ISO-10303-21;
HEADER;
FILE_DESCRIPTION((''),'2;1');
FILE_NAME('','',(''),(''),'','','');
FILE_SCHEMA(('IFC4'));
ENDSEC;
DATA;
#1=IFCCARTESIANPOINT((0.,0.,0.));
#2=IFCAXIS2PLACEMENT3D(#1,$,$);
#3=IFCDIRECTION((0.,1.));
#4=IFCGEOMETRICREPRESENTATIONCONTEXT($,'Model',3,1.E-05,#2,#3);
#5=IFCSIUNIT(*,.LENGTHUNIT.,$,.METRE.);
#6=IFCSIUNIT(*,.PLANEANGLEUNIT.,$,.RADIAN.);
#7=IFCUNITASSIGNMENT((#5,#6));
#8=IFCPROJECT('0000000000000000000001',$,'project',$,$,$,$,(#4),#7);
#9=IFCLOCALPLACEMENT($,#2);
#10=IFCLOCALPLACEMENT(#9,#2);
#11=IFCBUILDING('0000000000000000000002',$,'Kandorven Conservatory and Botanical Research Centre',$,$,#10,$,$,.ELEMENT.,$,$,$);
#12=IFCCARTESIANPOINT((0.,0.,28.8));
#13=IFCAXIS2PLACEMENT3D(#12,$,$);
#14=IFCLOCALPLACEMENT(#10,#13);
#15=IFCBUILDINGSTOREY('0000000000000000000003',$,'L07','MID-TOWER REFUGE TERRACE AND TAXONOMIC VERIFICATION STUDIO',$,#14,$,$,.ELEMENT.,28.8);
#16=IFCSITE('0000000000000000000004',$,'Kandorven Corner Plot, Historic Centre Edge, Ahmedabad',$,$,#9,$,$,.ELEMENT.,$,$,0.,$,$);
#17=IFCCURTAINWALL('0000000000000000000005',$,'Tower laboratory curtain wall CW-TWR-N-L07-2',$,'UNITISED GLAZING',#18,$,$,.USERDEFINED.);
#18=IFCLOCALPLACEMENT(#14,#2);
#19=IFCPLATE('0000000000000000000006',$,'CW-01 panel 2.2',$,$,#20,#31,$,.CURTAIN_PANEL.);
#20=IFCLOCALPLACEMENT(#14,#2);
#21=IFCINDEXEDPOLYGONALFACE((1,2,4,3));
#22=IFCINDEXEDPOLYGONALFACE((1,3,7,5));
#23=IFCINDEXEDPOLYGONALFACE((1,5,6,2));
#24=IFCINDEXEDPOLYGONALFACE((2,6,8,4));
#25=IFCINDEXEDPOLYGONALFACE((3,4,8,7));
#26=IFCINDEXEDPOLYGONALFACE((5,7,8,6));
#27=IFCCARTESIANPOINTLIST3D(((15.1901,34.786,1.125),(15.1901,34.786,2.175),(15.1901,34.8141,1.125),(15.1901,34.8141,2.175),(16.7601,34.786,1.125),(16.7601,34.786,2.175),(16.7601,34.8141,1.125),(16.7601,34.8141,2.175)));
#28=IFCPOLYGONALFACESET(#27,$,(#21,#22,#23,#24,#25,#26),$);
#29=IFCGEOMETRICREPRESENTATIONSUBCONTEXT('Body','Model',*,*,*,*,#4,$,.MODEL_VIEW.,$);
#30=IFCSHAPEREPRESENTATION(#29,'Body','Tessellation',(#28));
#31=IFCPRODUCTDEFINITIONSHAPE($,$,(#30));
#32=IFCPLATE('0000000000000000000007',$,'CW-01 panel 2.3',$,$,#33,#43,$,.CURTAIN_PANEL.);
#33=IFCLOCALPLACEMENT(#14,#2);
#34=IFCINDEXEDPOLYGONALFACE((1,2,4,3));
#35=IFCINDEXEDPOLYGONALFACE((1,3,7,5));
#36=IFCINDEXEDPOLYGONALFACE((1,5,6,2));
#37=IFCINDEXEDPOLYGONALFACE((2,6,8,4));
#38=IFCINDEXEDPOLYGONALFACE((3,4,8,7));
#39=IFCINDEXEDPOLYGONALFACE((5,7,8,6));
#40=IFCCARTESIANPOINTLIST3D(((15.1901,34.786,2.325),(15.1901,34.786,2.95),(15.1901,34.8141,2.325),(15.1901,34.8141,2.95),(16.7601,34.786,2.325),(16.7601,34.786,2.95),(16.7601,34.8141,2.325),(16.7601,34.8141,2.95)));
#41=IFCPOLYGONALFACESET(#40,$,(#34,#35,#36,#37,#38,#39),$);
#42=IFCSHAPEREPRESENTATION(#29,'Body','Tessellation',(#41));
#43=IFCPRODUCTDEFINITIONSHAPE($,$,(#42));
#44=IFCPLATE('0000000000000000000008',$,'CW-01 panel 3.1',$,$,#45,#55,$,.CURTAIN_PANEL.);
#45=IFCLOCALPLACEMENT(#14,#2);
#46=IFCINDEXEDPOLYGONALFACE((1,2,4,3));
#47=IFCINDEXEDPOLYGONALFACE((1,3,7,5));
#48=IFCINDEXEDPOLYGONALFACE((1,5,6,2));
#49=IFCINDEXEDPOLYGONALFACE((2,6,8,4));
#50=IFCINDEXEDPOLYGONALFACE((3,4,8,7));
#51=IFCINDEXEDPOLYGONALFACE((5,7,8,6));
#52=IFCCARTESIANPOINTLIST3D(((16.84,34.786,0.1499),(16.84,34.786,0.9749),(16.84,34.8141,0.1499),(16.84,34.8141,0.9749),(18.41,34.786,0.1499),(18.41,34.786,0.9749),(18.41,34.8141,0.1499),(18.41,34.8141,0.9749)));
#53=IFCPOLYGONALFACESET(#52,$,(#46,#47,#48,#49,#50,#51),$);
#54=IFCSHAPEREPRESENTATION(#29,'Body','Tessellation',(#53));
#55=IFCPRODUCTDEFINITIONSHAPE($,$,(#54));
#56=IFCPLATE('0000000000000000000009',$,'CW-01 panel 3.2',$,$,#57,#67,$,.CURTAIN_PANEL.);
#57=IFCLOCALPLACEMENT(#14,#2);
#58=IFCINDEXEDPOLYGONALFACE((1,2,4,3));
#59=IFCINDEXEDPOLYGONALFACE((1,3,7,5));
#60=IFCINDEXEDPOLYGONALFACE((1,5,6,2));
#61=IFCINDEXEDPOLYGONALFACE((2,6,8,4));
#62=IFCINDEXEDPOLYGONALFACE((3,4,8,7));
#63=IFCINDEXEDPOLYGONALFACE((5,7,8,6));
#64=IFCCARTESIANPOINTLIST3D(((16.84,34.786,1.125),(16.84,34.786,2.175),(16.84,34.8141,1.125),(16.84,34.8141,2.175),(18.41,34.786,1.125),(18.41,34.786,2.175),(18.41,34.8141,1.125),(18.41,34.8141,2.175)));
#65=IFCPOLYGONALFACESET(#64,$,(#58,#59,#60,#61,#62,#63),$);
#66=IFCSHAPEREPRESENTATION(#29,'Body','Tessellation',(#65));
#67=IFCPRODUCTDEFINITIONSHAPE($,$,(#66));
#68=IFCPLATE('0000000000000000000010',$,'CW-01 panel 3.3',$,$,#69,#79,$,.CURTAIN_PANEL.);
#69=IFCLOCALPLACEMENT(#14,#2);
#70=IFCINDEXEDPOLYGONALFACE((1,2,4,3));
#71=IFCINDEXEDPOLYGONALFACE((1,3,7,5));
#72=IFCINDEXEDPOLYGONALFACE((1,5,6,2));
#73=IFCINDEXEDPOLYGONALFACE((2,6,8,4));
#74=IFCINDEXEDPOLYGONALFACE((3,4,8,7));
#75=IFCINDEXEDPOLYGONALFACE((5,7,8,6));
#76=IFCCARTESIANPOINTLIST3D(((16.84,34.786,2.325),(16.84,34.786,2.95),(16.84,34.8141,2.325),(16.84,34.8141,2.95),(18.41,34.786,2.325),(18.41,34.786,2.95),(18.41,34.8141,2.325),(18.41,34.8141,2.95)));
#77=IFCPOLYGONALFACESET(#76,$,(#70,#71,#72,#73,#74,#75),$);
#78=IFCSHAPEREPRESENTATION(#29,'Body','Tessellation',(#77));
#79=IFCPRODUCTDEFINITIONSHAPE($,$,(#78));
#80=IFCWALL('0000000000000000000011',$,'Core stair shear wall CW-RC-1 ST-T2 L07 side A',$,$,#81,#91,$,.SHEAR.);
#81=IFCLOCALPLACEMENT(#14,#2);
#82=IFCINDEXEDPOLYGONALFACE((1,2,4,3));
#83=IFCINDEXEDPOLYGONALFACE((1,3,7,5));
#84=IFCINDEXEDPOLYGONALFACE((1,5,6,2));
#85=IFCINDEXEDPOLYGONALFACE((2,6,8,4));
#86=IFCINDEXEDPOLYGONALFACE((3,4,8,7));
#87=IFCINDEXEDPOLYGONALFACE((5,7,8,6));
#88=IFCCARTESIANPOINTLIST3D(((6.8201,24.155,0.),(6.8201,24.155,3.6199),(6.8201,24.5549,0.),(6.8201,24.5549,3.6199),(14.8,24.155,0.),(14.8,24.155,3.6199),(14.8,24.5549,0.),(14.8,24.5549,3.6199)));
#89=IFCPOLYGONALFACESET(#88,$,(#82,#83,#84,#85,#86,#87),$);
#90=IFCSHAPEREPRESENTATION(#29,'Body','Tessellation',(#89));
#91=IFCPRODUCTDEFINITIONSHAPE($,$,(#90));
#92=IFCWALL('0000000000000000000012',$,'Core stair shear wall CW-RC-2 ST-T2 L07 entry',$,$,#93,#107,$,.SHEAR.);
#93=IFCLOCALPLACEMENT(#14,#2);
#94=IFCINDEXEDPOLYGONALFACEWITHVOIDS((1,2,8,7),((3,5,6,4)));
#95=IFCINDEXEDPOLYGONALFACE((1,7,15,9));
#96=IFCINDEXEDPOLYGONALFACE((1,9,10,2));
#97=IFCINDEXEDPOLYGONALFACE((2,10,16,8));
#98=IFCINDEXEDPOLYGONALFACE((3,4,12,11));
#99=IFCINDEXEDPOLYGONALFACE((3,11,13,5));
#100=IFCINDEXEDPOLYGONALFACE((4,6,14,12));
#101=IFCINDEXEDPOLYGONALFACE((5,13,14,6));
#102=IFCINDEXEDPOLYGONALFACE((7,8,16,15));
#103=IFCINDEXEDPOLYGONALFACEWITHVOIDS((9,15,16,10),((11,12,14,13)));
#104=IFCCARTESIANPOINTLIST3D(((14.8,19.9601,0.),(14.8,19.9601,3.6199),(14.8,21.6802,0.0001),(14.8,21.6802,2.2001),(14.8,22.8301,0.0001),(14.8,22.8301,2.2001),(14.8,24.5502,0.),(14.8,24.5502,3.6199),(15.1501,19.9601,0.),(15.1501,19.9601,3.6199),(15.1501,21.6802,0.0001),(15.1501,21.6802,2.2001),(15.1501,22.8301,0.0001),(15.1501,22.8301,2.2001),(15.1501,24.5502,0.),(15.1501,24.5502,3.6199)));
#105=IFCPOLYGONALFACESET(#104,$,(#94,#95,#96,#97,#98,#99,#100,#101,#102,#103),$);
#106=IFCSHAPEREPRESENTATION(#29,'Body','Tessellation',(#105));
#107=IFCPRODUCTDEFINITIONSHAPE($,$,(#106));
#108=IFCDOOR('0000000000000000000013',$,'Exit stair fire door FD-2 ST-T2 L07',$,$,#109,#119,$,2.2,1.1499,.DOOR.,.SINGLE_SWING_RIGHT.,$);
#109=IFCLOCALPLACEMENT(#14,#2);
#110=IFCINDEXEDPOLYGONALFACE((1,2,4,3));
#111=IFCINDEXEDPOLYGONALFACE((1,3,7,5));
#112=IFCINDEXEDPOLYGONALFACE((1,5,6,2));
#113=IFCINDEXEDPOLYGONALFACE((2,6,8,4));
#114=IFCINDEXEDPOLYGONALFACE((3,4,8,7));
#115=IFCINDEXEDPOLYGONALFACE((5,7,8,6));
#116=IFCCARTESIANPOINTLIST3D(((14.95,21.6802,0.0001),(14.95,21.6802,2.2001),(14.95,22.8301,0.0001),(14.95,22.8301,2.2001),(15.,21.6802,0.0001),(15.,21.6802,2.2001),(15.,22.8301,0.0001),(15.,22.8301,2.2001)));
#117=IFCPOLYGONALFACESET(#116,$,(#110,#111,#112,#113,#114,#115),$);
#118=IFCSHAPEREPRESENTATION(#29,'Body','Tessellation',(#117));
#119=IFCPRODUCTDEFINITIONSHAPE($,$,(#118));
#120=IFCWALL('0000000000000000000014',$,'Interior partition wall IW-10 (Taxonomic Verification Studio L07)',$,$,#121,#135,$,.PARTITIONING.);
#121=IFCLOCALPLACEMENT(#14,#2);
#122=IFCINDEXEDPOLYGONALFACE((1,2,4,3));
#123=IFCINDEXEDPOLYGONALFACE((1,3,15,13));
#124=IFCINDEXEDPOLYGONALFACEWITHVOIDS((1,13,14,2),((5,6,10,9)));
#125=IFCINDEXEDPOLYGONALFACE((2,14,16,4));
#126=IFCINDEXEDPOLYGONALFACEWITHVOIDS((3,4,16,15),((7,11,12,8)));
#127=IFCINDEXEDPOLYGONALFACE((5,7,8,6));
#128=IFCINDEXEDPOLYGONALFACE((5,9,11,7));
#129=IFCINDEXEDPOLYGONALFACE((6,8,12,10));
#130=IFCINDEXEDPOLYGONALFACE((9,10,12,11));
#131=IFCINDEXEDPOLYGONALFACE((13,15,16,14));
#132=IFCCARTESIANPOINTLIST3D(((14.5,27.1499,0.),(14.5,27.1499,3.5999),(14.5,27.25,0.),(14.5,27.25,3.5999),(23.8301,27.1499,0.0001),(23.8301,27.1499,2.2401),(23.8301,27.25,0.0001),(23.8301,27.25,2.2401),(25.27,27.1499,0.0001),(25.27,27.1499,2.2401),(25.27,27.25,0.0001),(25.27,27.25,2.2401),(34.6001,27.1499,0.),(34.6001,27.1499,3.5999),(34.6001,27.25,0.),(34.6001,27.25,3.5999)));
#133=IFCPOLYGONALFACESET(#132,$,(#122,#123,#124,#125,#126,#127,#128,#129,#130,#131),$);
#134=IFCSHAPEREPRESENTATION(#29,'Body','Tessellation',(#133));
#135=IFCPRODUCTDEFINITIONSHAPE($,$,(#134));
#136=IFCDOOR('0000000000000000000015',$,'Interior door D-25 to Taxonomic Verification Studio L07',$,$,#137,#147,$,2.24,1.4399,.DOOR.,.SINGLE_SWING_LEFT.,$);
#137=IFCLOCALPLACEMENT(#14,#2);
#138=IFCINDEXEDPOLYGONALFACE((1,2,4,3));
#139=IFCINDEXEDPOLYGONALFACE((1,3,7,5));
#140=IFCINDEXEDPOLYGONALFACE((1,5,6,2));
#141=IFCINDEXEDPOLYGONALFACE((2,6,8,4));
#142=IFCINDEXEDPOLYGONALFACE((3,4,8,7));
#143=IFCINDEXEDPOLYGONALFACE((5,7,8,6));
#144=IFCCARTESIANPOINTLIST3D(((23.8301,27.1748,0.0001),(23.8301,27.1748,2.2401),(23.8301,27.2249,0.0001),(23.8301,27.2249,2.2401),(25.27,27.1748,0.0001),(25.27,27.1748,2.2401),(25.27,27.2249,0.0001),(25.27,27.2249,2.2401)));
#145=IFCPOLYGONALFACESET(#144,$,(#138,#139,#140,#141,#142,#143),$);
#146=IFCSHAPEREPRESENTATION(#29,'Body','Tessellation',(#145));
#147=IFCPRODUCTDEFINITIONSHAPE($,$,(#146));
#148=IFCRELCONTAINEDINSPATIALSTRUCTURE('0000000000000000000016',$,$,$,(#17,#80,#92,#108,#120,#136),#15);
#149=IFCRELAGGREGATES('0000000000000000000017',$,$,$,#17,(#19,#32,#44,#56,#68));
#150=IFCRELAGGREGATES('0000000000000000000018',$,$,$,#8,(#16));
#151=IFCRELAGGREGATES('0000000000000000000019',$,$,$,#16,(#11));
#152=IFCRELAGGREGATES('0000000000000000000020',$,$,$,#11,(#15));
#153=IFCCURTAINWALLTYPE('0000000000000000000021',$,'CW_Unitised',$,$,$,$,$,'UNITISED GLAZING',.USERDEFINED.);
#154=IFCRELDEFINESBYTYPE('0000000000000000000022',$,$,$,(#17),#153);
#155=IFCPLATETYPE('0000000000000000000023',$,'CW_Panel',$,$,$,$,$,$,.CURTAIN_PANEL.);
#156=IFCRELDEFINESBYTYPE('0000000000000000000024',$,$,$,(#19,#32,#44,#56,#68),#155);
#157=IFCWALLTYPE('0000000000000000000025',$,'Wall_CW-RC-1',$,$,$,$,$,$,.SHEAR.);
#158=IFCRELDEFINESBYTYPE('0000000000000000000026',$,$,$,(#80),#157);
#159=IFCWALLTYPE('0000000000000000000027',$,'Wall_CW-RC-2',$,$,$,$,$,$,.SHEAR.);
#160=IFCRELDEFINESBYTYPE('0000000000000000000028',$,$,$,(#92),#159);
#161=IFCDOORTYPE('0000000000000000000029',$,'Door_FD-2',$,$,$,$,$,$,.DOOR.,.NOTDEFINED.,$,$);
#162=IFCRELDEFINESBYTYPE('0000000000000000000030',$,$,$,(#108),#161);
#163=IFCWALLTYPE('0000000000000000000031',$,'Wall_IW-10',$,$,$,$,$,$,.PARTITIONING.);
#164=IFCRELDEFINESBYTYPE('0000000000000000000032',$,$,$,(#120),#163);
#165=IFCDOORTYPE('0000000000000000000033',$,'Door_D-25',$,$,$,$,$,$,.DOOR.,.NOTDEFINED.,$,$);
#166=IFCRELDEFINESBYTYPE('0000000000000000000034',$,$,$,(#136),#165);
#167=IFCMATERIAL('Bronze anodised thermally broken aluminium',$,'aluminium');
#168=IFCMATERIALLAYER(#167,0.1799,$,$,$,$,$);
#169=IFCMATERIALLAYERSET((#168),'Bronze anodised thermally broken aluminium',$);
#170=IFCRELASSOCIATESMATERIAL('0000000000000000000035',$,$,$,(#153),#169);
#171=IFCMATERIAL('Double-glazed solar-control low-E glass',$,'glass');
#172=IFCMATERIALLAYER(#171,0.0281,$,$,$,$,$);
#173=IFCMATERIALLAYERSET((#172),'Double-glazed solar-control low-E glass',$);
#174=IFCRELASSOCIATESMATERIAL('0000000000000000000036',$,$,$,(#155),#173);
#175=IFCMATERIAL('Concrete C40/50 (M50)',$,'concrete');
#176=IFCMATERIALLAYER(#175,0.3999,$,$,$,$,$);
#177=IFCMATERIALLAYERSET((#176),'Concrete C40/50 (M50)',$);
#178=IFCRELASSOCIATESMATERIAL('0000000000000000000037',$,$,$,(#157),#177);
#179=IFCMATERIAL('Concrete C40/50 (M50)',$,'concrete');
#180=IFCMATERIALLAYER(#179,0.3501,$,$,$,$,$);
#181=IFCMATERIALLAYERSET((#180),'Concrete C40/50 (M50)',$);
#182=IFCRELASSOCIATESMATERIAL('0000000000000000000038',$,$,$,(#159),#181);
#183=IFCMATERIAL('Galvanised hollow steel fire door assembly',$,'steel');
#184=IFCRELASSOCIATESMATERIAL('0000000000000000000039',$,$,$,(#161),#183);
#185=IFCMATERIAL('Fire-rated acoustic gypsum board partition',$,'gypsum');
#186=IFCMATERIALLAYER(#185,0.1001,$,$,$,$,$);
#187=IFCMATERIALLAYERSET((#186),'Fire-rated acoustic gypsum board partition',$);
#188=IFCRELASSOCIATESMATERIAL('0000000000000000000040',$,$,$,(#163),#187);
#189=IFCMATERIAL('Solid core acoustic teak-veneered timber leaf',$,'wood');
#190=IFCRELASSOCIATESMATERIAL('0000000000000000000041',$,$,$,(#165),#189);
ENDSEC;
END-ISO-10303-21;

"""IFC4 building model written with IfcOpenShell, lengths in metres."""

from ifc_helpers import new_model, si_unit, direction, frame, frame_2d, origin, origin_2d, place, context, subcontext, project, spatial, rectangle, extrude, material, layer, layer_set, type_object, element, fill, aggregate, save


model = new_model("IFC4")

# Units and contexts
model_context = context("Model", 3, precision=1e-05, world=origin(), true_north=direction((0.0, 1.0)))
body_context = subcontext(model_context, "Body", "Model", "MODEL_VIEW")
ifc_project = project(units=[si_unit("LENGTHUNIT", "METRE"), si_unit("PLANEANGLEUNIT", "RADIAN")], contexts=[model_context])

# Site, building, storey
site_placement = place(None, origin())
site = spatial("IfcSite", under=ifc_project, at=site_placement, Name="Kandorven Corner Plot, Historic Centre Edge, Ahmedabad", CompositionType="ELEMENT", RefElevation=0.0)
building_placement = place(site_placement, origin())
building = spatial("IfcBuilding", under=site, at=building_placement, Name="Kandorven Conservatory and Botanical Research Centre", CompositionType="ELEMENT")
storey_placement = place(building_placement, frame((0.0, 0.0, 28.8)))
storey = spatial("IfcBuildingStorey", under=building, at=storey_placement, Name="L07", Description="MID-TOWER REFUGE TERRACE AND TAXONOMIC VERIFICATION STUDIO", CompositionType="ELEMENT", Elevation=28.8)

# Curtain wall, plates
ifc_material_1 = material(Name="Bronze anodised thermally broken aluminium", Category="aluminium")
ifc_layer_1 = layer(ifc_material_1, 0.1799)
ifc_layer_set_1 = layer_set([ifc_layer_1], Name="Bronze anodised thermally broken aluminium")
curtain_wall_type = type_object("IfcCurtainWallType", Name="CW_Unitised", ElementType="UNITISED GLAZING", PredefinedType="USERDEFINED", material=ifc_layer_set_1)
curtain_wall_placement = place(storey_placement, origin())
curtain_wall = element("IfcCurtainWall", 1, at=curtain_wall_placement, inside=storey, type_object=curtain_wall_type, Name="Tower laboratory curtain wall CW-TWR-N-L07-2", ObjectType="UNITISED GLAZING", PredefinedType="USERDEFINED")
ifc_material_2 = material(Name="Double-glazed solar-control low-E glass", Category="glass")
ifc_layer_2 = layer(ifc_material_2, 0.0281)
ifc_layer_set_2 = layer_set([ifc_layer_2], Name="Double-glazed solar-control low-E glass")
plate_type = type_object("IfcPlateType", Name="CW_Panel", PredefinedType="CURTAIN_PANEL", material=ifc_layer_set_2)
plate_1_placement = place(storey_placement, frame((15.9751, 34.8, 1.125), z_axis=(0.0, 0.0, 1.0), x_axis=(1.0, 0.0, 0.0)))
plate_1 = element("IfcPlate", 2, at=plate_1_placement, type_object=plate_type, Name="CW-01 panel 2.2", PredefinedType="CURTAIN_PANEL", context=body_context, shape_type="SweptSolid", body=[
    extrude(rectangle(XDim=1.5701, YDim=0.0281, at=origin_2d()), origin(), (0.0, 0.0, 1.0), 1.05),
])
plate_2_placement = place(storey_placement, frame((15.9751, 34.8, 2.325), z_axis=(0.0, 0.0, 1.0), x_axis=(1.0, 0.0, 0.0)))
plate_2 = element("IfcPlate", 3, at=plate_2_placement, type_object=plate_type, Name="CW-01 panel 2.3", PredefinedType="CURTAIN_PANEL", context=body_context, shape_type="SweptSolid", body=[
    extrude(rectangle(XDim=1.5701, YDim=0.0281, at=origin_2d()), origin(), (0.0, 0.0, 1.0), 0.625),
])
plate_3_placement = place(storey_placement, frame((17.625, 34.8, 0.1499), z_axis=(0.0, 0.0, 1.0), x_axis=(1.0, 0.0, 0.0)))
plate_3 = element("IfcPlate", 4, at=plate_3_placement, type_object=plate_type, Name="CW-01 panel 3.1", PredefinedType="CURTAIN_PANEL", context=body_context, shape_type="SweptSolid", body=[
    extrude(rectangle(XDim=1.5701, YDim=0.0281, at=origin_2d()), origin(), (0.0, 0.0, 1.0), 0.825),
])
plate_4_placement = place(storey_placement, frame((17.625, 34.8, 1.125), z_axis=(0.0, 0.0, 1.0), x_axis=(1.0, 0.0, 0.0)))
plate_4 = element("IfcPlate", 5, at=plate_4_placement, type_object=plate_type, Name="CW-01 panel 3.2", PredefinedType="CURTAIN_PANEL", context=body_context, shape_type="SweptSolid", body=[
    extrude(rectangle(XDim=1.5701, YDim=0.0281, at=origin_2d()), origin(), (0.0, 0.0, 1.0), 1.05),
])
plate_5_placement = place(storey_placement, frame((17.625, 34.8, 2.325), z_axis=(0.0, 0.0, 1.0), x_axis=(1.0, 0.0, 0.0)))
plate_5 = element("IfcPlate", 6, at=plate_5_placement, type_object=plate_type, Name="CW-01 panel 3.3", PredefinedType="CURTAIN_PANEL", context=body_context, shape_type="SweptSolid", body=[
    extrude(rectangle(XDim=1.5701, YDim=0.0281, at=origin_2d()), origin(), (0.0, 0.0, 1.0), 0.625),
])
aggregate(curtain_wall, [plate_1, plate_2, plate_3, plate_4, plate_5])

# Wall
ifc_material_3 = material(Name="Concrete C40/50 (M50)", Category="concrete")
ifc_layer_3 = layer(ifc_material_3, 0.3999)
ifc_layer_set_3 = layer_set([ifc_layer_3], Name="Concrete C40/50 (M50)")
wall_type_1 = type_object("IfcWallType", Name="Wall_CW-RC-1", PredefinedType="SHEAR", material=ifc_layer_set_3)
wall_1_placement = place(storey_placement, frame((14.8, 24.355, 0.0), z_axis=(0.0, 0.0, 1.0), x_axis=(-1.0, 0.0, 0.0)))
element("IfcWall", 7, at=wall_1_placement, inside=storey, type_object=wall_type_1, Name="Core stair shear wall CW-RC-1 ST-T2 L07 side A", PredefinedType="SHEAR", context=body_context, shape_type="SweptSolid", body=[
    extrude(rectangle(XDim=7.98, YDim=0.3999, at=frame_2d((3.99, 0.0))), origin(), (0.0, 0.0, 1.0), 3.6199),
])

# Walls, openings, doors
ifc_material_4 = material(Name="Concrete C40/50 (M50)", Category="concrete")
ifc_layer_4 = layer(ifc_material_4, 0.3501)
ifc_layer_set_4 = layer_set([ifc_layer_4], Name="Concrete C40/50 (M50)")
wall_type_2 = type_object("IfcWallType", Name="Wall_CW-RC-2", PredefinedType="SHEAR", material=ifc_layer_set_4)
wall_2_placement = place(storey_placement, frame((14.9751, 24.55, 0.0), z_axis=(0.0, 0.0, 1.0), x_axis=(0.0, -1.0, 0.0)))
wall_2 = element("IfcWall", 8, at=wall_2_placement, inside=storey, type_object=wall_type_2, Name="Core stair shear wall CW-RC-2 ST-T2 L07 entry", PredefinedType="SHEAR", context=body_context, shape_type="SweptSolid", body=[
    extrude(rectangle(XDim=4.5901, YDim=0.3501, at=frame_2d((2.2949, 0.0))), origin(), (0.0, 0.0, 1.0), 3.6199),
])
opening_1_placement = place(wall_2_placement, frame((1.72, 0.0, 0.0)))
opening_1 = element("IfcOpeningElement", 9, at=opening_1_placement, cuts=wall_2, PredefinedType="OPENING", context=body_context, shape_type="SweptSolid", body=[
    extrude(rectangle(XDim=1.1499, YDim=2.2, at=frame_2d((0.575, 1.1001))), frame((0.0, 0.1851, 0.0), z_axis=(0.0, -1.0, 0.0), x_axis=(1.0, 0.0, 0.0)), (0.0, 0.0, 1.0), 0.3701),
])
ifc_material_5 = material(Name="Galvanised hollow steel fire door assembly", Category="steel")
door_type_1 = type_object("IfcDoorType", Name="Door_FD-2", OperationType="NOTDEFINED", PredefinedType="DOOR", material=ifc_material_5)
door_1_placement = place(opening_1_placement, origin())
door_1 = element("IfcDoor", 10, at=door_1_placement, inside=storey, type_object=door_type_1, Name="Exit stair fire door FD-2 ST-T2 L07", OperationType="SINGLE_SWING_RIGHT", OverallHeight=2.2, OverallWidth=1.1499, PredefinedType="DOOR", context=body_context, shape_type="SweptSolid", body=[
    extrude(rectangle(XDim=1.1499, YDim=2.2, at=frame_2d((0.575, 1.1001))), frame((0.0, 0.0249, 0.0), z_axis=(0.0, -1.0, 0.0), x_axis=(1.0, 0.0, 0.0)), (0.0, 0.0, 1.0), 0.05),
])
fill(opening_1, door_1)
ifc_material_6 = material(Name="Fire-rated acoustic gypsum board partition", Category="gypsum")
ifc_layer_5 = layer(ifc_material_6, 0.1001)
ifc_layer_set_5 = layer_set([ifc_layer_5], Name="Fire-rated acoustic gypsum board partition")
wall_type_3 = type_object("IfcWallType", Name="Wall_IW-10", PredefinedType="PARTITIONING", material=ifc_layer_set_5)
wall_3_placement = place(storey_placement, frame((14.5, 27.2, 0.0), z_axis=(0.0, 0.0, 1.0), x_axis=(1.0, 0.0, 0.0)))
wall_3 = element("IfcWall", 11, at=wall_3_placement, inside=storey, type_object=wall_type_3, Name="Interior partition wall IW-10 (Taxonomic Verification Studio L07)", PredefinedType="PARTITIONING", context=body_context, shape_type="SweptSolid", body=[
    extrude(rectangle(XDim=20.1001, YDim=0.1001, at=frame_2d((10.05, 0.0))), origin(), (0.0, 0.0, 1.0), 3.5999),
])
opening_2_placement = place(wall_3_placement, frame((9.3301, 0.0, 0.0)))
opening_2 = element("IfcOpeningElement", 12, at=opening_2_placement, cuts=wall_3, PredefinedType="OPENING", context=body_context, shape_type="SweptSolid", body=[
    extrude(rectangle(XDim=1.4399, YDim=2.24, at=frame_2d((0.72, 1.1201))), frame((0.0, 0.0601, 0.0), z_axis=(0.0, -1.0, 0.0), x_axis=(1.0, 0.0, 0.0)), (0.0, 0.0, 1.0), 0.1201),
])
ifc_material_7 = material(Name="Solid core acoustic teak-veneered timber leaf", Category="wood")
door_type_2 = type_object("IfcDoorType", Name="Door_D-25", OperationType="NOTDEFINED", PredefinedType="DOOR", material=ifc_material_7)
door_2_placement = place(opening_2_placement, origin())
door_2 = element("IfcDoor", 13, at=door_2_placement, inside=storey, type_object=door_type_2, Name="Interior door D-25 to Taxonomic Verification Studio L07", OperationType="SINGLE_SWING_LEFT", OverallHeight=2.24, OverallWidth=1.4399, PredefinedType="DOOR", context=body_context, shape_type="SweptSolid", body=[
    extrude(rectangle(XDim=1.4399, YDim=2.24, at=frame_2d((0.72, 1.1201))), frame((0.0, 0.0249, 0.0), z_axis=(0.0, -1.0, 0.0), x_axis=(1.0, 0.0, 0.0)), (0.0, 0.0, 1.0), 0.05),
])
fill(opening_2, door_2)

save(model, "model.ifc")
